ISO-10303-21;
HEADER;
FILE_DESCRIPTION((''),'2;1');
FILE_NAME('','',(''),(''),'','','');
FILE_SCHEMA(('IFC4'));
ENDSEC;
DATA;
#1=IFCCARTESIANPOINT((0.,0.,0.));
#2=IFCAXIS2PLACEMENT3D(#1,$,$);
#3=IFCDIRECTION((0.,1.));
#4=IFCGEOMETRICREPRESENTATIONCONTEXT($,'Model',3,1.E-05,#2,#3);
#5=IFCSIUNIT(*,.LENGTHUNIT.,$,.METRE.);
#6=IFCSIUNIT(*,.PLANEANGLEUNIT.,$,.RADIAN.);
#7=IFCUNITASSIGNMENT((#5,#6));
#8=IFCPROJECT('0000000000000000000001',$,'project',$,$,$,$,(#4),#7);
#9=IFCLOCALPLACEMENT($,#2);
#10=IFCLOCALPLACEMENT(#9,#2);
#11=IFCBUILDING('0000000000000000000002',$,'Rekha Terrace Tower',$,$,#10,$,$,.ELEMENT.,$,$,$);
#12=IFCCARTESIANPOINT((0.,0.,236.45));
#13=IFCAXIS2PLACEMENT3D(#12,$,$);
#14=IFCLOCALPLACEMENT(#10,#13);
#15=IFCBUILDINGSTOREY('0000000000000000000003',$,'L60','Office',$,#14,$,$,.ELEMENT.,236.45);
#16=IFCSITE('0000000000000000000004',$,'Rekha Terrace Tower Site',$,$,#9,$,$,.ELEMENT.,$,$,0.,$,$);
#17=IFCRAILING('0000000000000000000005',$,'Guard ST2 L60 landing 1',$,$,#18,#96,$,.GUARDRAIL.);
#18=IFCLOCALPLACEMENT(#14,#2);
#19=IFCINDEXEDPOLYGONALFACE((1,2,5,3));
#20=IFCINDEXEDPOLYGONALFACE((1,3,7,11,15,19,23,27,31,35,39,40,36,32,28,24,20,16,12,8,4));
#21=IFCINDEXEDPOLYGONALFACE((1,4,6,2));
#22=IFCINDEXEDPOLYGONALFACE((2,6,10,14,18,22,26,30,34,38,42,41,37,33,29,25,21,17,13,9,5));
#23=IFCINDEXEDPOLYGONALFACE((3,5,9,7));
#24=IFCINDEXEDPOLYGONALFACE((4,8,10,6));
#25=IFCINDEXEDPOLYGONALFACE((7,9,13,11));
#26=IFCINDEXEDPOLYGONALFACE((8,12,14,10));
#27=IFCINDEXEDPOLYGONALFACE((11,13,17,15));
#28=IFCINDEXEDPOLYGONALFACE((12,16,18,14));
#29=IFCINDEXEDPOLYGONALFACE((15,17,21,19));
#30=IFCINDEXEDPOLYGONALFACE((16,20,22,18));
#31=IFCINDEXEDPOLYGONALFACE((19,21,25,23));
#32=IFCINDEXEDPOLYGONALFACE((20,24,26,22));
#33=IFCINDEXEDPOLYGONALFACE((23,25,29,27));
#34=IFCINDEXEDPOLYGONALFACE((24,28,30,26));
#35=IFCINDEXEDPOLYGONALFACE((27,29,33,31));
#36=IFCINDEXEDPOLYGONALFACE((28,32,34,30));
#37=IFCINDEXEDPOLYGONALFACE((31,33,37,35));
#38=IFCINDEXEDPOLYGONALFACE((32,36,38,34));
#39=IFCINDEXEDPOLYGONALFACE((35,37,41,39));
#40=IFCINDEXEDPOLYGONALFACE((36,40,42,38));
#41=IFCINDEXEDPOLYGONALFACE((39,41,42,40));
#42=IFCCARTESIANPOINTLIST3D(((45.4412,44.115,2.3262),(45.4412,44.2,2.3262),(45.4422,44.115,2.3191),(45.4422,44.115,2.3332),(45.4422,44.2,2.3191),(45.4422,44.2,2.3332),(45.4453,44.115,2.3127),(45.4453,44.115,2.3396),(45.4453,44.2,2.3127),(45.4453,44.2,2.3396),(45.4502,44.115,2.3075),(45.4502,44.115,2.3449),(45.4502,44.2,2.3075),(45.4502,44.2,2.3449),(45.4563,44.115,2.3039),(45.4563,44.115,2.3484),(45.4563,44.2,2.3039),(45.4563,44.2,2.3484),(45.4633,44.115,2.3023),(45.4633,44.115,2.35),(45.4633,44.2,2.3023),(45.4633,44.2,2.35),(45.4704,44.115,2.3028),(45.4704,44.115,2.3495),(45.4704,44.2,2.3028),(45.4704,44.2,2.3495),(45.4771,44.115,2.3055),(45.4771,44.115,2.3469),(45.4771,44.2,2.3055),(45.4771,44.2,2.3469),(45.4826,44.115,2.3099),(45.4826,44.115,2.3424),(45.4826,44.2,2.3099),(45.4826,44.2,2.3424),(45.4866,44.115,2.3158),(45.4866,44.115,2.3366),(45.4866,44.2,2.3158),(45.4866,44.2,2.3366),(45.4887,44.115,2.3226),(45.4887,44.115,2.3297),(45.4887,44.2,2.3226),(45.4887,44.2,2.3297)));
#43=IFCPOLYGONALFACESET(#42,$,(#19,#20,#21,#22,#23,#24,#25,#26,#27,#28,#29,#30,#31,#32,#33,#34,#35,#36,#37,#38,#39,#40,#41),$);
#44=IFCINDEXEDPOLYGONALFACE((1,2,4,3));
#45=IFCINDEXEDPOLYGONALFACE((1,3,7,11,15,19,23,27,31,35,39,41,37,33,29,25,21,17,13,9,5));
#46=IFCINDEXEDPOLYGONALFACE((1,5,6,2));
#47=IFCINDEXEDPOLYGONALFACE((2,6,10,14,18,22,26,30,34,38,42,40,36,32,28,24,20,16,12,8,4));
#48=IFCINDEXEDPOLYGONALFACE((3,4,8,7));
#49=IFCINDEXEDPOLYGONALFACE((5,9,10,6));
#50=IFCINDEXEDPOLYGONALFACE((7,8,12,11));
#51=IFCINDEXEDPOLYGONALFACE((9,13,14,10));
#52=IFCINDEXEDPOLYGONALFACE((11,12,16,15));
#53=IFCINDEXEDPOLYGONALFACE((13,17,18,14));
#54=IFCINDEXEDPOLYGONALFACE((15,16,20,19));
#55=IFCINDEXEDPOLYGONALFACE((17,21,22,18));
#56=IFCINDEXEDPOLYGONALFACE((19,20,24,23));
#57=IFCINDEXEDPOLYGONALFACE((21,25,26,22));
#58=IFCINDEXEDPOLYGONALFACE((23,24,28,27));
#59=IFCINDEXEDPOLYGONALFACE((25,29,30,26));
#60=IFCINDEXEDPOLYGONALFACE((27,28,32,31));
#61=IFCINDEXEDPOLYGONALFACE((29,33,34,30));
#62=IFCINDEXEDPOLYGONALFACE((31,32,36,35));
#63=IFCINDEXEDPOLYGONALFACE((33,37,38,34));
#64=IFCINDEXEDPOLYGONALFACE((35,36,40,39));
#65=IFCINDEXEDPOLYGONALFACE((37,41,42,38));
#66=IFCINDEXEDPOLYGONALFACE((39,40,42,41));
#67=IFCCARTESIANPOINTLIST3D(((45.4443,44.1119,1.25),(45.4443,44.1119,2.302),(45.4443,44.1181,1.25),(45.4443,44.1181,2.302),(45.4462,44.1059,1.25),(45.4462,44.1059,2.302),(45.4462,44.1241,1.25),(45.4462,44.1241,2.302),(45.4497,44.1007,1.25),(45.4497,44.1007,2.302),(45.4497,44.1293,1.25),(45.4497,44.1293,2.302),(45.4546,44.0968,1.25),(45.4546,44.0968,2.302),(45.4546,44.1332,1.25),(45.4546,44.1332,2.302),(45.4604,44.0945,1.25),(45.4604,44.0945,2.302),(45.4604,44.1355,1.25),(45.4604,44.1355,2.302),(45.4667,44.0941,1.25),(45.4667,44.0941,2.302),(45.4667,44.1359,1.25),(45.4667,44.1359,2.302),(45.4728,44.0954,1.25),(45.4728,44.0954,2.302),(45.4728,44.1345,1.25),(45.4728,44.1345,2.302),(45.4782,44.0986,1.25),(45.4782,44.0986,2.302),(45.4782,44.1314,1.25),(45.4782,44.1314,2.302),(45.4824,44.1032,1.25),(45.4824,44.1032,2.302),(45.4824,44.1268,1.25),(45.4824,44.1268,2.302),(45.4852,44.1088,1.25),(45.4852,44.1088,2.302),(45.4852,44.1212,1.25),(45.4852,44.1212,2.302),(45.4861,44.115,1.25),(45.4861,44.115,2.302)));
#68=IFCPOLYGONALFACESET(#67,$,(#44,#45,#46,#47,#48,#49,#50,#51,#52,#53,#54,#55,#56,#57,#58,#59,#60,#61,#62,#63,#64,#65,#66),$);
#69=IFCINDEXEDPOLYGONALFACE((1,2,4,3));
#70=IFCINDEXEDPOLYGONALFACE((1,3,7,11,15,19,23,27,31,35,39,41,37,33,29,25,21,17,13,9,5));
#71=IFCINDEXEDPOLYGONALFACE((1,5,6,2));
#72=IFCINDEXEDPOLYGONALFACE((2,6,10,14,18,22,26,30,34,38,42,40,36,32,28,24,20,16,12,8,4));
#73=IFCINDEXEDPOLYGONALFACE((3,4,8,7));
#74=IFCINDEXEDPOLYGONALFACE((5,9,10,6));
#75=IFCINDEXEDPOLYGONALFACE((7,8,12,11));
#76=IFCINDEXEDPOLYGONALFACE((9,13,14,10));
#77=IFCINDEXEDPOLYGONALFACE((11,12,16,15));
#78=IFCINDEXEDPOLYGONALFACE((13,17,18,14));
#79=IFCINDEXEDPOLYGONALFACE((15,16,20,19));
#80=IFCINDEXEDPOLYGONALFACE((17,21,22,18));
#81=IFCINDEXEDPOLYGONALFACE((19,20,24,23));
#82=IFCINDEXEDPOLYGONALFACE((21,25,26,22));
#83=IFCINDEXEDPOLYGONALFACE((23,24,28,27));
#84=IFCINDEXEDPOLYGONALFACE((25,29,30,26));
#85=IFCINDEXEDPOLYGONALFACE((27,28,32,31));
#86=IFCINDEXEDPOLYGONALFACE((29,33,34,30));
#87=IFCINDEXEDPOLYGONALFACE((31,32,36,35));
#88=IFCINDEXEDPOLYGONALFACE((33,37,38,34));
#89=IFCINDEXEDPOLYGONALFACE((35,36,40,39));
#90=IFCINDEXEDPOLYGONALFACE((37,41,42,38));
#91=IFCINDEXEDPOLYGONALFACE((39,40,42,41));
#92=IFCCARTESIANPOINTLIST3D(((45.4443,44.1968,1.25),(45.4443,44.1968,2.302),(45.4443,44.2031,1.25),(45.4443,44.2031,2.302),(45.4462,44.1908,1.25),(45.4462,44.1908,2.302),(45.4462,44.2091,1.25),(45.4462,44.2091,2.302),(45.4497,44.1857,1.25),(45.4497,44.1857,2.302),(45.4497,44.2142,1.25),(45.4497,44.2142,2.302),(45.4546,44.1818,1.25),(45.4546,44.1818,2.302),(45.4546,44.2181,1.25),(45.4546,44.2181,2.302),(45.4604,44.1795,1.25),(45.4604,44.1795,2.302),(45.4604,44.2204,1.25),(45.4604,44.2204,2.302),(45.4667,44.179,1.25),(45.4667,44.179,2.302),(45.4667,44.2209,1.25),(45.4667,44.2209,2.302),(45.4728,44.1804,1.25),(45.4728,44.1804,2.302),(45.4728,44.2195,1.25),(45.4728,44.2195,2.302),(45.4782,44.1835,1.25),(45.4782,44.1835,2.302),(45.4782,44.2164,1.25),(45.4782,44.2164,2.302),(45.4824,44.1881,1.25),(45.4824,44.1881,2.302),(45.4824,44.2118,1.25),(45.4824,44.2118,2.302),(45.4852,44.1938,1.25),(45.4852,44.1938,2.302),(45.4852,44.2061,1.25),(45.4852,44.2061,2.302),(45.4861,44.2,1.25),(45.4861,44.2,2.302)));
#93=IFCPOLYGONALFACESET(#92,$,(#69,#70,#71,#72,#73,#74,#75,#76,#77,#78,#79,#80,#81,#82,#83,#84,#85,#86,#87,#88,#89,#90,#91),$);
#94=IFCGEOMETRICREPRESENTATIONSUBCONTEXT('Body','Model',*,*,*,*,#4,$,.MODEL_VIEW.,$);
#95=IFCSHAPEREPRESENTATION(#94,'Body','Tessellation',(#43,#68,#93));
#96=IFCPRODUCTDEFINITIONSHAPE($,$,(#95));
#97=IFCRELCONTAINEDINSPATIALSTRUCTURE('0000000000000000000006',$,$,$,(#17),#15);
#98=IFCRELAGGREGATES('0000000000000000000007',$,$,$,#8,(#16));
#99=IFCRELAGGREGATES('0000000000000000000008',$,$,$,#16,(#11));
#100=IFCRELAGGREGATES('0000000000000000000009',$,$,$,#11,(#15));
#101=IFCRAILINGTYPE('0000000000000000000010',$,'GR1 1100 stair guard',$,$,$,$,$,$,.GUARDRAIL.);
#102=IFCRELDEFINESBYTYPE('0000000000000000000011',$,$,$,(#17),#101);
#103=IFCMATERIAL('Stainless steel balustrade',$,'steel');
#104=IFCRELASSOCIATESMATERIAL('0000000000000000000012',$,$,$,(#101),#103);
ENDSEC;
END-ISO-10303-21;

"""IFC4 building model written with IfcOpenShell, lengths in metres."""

from ifc_helpers import new_model, si_unit, direction, frame, origin, origin_2d, place, context, subcontext, project, spatial, circle, extrude, material, type_object, element, save


model = new_model("IFC4")

# Units and contexts
model_context = context("Model", 3, precision=1e-05, world=origin(), true_north=direction((0.0, 1.0)))
body_context = subcontext(model_context, "Body", "Model", "MODEL_VIEW")
ifc_project = project(units=[si_unit("LENGTHUNIT", "METRE"), si_unit("PLANEANGLEUNIT", "RADIAN")], contexts=[model_context])

# Site, building, storey
site_placement = place(None, origin())
site = spatial("IfcSite", under=ifc_project, at=site_placement, Name="Rekha Terrace Tower Site", CompositionType="ELEMENT", RefElevation=0.0)
building_placement = place(site_placement, origin())
building = spatial("IfcBuilding", under=site, at=building_placement, Name="Rekha Terrace Tower", CompositionType="ELEMENT")
storey_placement = place(building_placement, frame((0.0, 0.0, 236.45)))
storey = spatial("IfcBuildingStorey", under=building, at=storey_placement, Name="L60", Description="Office", CompositionType="ELEMENT", Elevation=236.45)

# Railing
ifc_material_1 = material(Name="Stainless steel balustrade", Category="steel")
railing_type_1 = type_object("IfcRailingType", Name="GR1 1100 stair guard", PredefinedType="GUARDRAIL", material=ifc_material_1)
railing_1_placement = place(storey_placement, frame((45.4651, 44.115, 1.25)))
element("IfcRailing", 1, at=railing_1_placement, inside=storey, type_object=railing_type_1, Name="Guard ST2 L60 landing 1", PredefinedType="GUARDRAIL", context=body_context, shape_type="SweptSolid", body=[
    extrude(circle(Radius=0.0239, at=origin_2d()), frame((0.0, 0.0, 1.0762), z_axis=(0.0, 1.0, 0.0), x_axis=(-1.0, 0.0, 0.0)), (0.0, 0.0, 1.0), 0.085),
    extrude(circle(Radius=0.021, at=origin_2d()), origin(), (0.0, 0.0, 1.0), 1.052),
    extrude(circle(Radius=0.021, at=origin_2d()), frame((0.0, 0.085, 0.0)), (0.0, 0.0, 1.0), 1.052),
])

save(model, "model.ifc")
